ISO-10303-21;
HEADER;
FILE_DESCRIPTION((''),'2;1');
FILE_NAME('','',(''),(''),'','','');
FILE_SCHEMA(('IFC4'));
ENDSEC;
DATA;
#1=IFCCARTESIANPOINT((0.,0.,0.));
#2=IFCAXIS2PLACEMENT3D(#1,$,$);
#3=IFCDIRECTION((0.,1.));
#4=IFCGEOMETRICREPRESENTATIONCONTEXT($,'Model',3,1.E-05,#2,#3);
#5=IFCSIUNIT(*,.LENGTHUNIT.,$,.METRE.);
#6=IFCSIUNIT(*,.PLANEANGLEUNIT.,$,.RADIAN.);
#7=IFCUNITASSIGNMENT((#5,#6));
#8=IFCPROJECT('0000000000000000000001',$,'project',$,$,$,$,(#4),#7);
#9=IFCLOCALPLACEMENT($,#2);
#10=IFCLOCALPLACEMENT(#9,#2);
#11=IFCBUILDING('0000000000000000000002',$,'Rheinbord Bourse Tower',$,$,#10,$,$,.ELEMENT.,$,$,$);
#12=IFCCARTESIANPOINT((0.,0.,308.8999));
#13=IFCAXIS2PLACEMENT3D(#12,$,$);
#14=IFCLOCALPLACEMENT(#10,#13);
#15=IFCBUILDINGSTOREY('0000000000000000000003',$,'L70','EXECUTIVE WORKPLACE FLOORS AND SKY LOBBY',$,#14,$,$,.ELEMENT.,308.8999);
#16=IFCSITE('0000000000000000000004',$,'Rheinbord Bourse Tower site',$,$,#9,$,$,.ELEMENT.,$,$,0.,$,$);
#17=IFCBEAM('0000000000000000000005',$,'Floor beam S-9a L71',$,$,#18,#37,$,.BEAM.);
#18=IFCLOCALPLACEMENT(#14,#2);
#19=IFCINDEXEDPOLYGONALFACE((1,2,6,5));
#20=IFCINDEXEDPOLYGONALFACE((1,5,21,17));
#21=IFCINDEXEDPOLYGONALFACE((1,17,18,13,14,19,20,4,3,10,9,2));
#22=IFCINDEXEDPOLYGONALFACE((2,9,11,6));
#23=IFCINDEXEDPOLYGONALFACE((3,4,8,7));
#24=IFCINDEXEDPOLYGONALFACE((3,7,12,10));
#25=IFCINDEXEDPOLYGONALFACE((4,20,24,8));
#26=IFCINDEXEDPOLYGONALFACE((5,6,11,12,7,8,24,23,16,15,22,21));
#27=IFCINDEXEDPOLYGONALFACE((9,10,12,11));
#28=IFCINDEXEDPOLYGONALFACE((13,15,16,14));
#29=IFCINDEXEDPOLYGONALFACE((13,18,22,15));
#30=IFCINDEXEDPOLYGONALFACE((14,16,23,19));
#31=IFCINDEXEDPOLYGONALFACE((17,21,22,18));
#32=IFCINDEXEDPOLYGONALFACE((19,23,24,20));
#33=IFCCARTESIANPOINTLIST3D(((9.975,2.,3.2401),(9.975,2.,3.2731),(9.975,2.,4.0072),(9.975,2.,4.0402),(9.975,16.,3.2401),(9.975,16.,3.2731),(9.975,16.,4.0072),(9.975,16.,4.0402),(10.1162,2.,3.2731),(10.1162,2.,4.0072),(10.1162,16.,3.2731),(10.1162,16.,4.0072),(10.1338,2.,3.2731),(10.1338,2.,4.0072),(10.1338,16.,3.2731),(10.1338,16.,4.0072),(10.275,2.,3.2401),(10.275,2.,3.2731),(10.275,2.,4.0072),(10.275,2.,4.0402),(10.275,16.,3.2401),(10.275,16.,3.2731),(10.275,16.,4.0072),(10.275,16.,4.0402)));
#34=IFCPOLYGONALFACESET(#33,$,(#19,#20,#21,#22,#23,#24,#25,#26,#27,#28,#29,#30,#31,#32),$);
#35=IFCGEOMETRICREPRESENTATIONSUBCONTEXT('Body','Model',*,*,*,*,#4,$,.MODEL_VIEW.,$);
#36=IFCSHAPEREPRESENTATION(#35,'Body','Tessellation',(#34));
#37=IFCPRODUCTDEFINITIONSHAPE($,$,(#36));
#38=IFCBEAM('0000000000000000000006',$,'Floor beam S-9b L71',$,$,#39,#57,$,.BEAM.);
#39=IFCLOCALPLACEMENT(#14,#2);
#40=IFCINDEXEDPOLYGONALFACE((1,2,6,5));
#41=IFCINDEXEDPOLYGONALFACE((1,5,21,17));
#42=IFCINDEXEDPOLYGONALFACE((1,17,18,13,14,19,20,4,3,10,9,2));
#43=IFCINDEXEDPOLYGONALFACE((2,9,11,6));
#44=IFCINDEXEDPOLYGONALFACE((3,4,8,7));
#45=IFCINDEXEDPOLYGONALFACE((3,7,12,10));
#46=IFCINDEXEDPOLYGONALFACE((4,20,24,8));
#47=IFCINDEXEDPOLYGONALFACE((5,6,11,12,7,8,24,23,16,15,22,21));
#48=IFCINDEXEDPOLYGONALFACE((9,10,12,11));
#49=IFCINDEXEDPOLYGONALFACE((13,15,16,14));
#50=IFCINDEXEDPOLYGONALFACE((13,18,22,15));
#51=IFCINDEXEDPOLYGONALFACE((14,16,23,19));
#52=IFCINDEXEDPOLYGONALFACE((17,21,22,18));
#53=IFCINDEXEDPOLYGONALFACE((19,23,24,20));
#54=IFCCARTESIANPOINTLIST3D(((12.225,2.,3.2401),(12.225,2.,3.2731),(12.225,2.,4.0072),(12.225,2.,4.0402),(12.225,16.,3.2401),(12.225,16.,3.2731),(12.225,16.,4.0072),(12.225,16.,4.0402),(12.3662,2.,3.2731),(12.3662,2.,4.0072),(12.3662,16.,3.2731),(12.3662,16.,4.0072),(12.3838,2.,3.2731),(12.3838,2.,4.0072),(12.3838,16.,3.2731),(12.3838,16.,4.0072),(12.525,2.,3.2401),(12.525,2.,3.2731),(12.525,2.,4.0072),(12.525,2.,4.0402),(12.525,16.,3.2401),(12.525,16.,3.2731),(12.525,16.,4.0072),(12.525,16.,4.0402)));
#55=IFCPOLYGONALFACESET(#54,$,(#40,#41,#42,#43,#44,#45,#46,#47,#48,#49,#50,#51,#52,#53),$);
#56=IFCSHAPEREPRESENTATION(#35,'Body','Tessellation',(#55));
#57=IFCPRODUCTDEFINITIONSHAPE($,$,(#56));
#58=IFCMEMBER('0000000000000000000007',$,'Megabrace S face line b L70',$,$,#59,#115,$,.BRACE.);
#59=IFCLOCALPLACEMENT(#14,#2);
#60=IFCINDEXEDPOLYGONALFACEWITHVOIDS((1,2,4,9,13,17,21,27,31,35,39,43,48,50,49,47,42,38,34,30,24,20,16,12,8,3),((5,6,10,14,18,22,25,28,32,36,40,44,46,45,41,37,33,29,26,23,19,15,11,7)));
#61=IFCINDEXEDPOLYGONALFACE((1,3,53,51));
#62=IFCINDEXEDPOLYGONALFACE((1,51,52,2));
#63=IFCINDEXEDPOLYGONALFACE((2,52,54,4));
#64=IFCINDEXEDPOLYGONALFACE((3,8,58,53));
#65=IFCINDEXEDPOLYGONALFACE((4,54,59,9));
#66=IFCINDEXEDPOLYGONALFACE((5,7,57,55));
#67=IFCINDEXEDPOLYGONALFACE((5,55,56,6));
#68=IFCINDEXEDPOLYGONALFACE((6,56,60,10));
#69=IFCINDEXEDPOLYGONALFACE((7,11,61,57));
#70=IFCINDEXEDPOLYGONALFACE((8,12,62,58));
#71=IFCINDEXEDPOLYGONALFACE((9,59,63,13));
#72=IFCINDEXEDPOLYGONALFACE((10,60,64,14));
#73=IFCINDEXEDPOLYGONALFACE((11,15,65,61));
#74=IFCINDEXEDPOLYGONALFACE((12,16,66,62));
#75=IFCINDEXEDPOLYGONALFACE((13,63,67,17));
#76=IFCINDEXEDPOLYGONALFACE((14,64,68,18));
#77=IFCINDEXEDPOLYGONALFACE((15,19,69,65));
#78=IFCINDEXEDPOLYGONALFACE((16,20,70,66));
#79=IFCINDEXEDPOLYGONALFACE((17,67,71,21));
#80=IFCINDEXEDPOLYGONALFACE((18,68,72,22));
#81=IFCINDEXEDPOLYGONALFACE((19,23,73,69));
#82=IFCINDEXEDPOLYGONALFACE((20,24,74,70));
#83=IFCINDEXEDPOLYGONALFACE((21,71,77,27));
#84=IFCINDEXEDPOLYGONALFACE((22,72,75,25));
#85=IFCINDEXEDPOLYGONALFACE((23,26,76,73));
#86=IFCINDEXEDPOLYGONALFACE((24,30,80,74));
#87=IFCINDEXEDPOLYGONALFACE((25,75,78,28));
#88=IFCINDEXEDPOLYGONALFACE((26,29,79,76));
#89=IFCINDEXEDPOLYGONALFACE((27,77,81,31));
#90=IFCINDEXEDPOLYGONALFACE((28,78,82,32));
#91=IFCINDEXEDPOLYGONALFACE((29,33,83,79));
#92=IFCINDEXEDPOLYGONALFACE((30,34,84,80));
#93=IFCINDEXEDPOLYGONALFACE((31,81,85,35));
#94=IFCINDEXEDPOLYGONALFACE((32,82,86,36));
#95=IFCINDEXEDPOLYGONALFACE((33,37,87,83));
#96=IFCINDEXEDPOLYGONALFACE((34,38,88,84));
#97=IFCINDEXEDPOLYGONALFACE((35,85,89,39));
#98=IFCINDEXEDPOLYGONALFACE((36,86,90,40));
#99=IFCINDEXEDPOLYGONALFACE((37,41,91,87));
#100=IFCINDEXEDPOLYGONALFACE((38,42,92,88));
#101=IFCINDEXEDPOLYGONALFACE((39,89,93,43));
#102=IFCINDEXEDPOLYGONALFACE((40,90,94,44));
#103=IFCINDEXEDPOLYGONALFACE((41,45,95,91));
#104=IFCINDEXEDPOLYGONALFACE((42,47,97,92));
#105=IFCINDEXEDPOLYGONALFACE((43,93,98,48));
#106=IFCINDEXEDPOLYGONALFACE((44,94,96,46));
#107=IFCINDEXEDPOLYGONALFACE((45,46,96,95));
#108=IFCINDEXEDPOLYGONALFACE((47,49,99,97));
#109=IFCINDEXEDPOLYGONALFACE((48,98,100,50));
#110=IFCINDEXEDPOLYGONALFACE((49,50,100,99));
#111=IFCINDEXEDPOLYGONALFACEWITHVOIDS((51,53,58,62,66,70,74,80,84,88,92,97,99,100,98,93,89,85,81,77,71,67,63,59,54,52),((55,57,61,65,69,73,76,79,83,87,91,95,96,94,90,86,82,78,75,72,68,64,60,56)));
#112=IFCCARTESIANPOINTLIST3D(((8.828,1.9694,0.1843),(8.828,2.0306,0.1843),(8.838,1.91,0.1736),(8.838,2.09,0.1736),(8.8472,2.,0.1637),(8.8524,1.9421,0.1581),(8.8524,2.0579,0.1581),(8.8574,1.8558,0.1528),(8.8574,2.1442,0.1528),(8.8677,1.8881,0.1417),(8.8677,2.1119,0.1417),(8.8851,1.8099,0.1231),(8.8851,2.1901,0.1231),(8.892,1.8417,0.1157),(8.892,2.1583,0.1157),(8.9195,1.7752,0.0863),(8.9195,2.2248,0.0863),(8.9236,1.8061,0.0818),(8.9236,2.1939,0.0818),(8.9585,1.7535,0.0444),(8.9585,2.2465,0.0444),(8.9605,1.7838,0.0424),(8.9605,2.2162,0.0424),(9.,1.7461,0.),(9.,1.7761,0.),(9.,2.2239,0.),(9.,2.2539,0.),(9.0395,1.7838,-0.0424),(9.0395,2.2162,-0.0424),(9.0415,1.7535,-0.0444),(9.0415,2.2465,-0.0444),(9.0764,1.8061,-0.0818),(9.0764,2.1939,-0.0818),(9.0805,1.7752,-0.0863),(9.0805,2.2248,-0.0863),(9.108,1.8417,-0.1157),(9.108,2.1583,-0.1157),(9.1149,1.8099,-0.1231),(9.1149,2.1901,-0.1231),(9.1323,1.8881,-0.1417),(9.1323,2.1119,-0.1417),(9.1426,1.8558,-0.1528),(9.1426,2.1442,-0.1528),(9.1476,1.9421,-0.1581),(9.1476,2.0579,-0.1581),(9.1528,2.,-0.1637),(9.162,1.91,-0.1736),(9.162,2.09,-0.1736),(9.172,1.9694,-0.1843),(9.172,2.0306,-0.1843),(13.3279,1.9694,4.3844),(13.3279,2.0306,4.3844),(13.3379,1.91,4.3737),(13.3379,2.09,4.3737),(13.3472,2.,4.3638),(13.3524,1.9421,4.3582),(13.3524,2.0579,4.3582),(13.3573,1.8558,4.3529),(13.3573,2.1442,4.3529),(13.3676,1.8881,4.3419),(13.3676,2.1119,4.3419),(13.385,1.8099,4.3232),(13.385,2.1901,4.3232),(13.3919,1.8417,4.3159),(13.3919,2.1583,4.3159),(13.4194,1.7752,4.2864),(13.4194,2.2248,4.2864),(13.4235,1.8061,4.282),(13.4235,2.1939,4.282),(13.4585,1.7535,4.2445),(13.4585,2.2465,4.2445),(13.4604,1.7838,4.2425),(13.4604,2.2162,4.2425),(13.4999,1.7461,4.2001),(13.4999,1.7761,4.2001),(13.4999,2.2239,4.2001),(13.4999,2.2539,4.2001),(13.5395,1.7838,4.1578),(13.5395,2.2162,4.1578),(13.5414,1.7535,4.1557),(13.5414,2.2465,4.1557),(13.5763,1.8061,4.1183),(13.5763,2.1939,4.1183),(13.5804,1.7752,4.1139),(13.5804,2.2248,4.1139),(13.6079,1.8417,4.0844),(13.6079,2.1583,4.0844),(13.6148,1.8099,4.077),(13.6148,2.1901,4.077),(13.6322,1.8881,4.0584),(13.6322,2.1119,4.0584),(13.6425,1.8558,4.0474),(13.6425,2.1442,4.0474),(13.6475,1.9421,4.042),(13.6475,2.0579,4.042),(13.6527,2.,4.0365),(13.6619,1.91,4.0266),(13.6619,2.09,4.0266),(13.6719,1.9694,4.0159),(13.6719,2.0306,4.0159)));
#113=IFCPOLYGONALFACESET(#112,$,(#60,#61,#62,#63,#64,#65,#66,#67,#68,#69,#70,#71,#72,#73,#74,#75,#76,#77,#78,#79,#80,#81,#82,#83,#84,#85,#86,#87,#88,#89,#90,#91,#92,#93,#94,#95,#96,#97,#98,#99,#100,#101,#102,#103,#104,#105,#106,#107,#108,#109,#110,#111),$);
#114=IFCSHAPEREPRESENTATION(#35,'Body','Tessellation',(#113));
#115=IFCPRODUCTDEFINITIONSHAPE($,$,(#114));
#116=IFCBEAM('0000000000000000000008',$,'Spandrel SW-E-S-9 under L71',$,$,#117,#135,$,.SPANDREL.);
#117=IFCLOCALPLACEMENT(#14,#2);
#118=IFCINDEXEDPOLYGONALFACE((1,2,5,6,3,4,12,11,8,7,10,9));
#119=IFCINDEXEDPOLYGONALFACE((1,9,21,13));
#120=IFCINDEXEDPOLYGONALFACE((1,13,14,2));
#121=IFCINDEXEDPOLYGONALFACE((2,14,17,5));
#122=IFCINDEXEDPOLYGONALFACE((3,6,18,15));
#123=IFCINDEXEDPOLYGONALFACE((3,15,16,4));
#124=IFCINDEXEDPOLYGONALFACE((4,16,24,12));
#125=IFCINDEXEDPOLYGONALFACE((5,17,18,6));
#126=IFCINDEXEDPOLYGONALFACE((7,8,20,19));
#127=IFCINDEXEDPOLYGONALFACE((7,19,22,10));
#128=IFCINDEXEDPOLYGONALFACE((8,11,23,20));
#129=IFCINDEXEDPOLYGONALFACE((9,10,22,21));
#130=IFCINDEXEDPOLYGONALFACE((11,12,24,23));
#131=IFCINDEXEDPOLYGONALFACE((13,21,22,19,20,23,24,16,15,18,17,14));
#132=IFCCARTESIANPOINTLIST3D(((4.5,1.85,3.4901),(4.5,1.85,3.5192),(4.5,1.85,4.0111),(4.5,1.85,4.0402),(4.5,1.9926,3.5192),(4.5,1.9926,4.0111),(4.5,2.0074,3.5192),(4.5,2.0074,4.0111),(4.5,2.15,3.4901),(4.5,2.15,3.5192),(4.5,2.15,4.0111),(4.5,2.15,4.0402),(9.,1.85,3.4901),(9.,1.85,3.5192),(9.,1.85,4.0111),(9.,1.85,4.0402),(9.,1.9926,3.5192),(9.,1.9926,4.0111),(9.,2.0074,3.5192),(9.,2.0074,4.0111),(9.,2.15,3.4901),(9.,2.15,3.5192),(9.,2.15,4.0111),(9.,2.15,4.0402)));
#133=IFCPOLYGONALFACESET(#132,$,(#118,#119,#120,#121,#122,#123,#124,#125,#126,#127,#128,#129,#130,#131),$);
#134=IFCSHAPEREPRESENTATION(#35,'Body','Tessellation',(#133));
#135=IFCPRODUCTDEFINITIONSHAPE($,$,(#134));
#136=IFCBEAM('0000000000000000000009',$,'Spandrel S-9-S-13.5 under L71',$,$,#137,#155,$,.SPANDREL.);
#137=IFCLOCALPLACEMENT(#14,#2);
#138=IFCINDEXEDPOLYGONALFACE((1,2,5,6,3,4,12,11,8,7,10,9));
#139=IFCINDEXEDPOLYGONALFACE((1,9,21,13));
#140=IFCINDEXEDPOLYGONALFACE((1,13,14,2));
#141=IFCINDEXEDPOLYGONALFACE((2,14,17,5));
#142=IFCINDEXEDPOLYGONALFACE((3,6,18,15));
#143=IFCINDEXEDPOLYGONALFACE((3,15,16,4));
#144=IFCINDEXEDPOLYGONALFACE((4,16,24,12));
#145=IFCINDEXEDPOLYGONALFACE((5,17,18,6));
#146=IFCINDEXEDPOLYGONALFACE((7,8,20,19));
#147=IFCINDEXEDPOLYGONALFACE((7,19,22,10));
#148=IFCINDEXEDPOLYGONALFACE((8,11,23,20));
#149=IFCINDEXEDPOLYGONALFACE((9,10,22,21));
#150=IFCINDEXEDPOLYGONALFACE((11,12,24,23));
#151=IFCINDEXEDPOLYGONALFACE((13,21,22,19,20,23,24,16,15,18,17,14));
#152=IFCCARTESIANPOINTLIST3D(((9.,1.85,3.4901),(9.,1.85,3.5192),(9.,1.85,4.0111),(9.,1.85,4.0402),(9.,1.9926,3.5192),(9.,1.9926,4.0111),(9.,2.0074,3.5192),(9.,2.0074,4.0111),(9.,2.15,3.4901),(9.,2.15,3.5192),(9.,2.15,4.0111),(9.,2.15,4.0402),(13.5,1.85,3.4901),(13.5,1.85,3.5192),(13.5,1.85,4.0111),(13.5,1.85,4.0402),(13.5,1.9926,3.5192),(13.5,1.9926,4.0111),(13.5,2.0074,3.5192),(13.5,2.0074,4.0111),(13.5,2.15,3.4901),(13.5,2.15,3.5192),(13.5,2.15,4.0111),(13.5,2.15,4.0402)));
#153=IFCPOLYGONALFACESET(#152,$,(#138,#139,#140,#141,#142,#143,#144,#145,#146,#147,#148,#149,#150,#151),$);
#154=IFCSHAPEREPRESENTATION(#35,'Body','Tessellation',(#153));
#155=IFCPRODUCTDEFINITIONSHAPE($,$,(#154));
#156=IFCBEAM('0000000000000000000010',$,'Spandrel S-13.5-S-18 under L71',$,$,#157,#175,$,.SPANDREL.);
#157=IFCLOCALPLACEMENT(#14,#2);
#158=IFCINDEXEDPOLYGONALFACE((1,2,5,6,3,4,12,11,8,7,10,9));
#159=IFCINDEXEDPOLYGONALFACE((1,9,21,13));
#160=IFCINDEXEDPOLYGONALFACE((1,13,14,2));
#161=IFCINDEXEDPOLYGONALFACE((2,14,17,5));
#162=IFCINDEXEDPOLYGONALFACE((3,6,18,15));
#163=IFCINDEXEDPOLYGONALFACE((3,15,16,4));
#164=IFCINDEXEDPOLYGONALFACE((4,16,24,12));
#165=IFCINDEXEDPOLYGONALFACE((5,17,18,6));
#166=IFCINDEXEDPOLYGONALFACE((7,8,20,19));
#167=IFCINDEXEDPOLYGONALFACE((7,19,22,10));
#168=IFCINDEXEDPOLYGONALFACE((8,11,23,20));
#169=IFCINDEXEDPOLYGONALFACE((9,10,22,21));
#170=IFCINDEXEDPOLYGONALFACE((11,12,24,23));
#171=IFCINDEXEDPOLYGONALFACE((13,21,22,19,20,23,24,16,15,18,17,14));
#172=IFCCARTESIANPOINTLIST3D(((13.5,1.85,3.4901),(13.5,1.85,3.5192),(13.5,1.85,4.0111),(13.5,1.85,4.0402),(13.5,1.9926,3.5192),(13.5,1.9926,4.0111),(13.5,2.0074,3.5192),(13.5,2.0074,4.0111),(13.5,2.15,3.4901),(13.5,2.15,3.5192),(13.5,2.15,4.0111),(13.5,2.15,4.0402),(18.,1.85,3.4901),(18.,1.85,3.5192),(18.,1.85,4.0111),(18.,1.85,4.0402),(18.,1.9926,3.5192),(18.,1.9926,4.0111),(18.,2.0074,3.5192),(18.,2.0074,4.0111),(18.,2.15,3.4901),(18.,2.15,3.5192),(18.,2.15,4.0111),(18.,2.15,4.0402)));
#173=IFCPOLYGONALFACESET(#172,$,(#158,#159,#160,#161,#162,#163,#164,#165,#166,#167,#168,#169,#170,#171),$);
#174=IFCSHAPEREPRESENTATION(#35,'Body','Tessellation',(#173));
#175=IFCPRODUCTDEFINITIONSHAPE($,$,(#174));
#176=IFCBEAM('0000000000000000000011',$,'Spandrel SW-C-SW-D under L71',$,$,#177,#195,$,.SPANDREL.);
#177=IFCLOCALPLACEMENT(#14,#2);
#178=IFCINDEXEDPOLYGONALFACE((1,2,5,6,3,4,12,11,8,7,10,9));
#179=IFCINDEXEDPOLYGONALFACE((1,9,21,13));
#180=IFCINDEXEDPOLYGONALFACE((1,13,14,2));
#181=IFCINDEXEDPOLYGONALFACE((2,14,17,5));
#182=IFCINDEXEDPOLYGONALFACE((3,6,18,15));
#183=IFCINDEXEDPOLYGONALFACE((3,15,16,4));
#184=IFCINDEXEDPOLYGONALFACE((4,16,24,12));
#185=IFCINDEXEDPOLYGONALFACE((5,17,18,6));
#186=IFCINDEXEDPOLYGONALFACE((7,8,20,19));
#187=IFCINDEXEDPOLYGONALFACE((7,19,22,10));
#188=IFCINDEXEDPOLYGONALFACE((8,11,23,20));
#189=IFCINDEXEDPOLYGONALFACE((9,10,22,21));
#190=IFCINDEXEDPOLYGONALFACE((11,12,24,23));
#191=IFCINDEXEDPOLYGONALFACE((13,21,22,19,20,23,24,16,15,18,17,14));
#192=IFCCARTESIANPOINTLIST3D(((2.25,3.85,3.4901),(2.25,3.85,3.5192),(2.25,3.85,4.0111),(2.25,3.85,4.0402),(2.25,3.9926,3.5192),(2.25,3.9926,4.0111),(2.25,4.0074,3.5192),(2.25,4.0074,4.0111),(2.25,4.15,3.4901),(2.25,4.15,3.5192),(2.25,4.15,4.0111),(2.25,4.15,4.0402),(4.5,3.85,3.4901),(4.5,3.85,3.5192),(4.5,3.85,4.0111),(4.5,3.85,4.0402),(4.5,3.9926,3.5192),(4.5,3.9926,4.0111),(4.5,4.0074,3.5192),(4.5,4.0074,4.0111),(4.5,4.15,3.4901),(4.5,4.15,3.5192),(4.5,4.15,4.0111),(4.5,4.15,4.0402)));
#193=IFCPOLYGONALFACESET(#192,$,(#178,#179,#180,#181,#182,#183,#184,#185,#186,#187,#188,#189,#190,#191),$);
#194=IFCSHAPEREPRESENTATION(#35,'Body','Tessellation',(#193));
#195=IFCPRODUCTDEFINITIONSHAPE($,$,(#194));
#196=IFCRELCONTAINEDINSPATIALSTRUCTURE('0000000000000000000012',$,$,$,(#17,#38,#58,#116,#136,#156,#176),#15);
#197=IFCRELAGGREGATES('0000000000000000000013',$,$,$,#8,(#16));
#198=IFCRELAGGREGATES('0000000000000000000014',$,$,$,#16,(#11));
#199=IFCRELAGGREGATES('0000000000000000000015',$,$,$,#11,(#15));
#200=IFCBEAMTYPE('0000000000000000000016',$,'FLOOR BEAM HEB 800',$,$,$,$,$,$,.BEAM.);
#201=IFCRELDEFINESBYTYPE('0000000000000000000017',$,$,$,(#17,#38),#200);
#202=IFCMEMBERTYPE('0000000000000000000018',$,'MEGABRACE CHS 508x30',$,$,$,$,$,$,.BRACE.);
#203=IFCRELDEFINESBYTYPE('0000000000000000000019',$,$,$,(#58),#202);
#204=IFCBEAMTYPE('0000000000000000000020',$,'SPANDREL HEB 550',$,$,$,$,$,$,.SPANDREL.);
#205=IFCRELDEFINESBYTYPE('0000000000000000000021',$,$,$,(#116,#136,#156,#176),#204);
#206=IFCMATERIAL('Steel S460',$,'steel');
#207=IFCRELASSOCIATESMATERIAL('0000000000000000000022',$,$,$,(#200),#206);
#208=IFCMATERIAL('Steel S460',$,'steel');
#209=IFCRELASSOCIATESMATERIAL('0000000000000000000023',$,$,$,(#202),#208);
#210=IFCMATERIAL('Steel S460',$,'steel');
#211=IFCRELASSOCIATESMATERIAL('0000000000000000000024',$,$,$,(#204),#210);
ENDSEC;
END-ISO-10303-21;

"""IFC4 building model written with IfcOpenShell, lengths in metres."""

from ifc_helpers import new_model, si_unit, direction, frame, origin, origin_2d, place, context, subcontext, project, spatial, hollow_circle, i_section, extrude, material, material_profile, profile_set, type_object, element, save


model = new_model("IFC4")

# Units and contexts
model_context = context("Model", 3, precision=1e-05, world=origin(), true_north=direction((0.0, 1.0)))
body_context = subcontext(model_context, "Body", "Model", "MODEL_VIEW")
ifc_project = project(units=[si_unit("LENGTHUNIT", "METRE"), si_unit("PLANEANGLEUNIT", "RADIAN")], contexts=[model_context])

# Site, building, storey
site_placement = place(None, origin())
site = spatial("IfcSite", under=ifc_project, at=site_placement, Name="Rheinbord Bourse Tower site", CompositionType="ELEMENT", RefElevation=0.0)
building_placement = place(site_placement, origin())
building = spatial("IfcBuilding", under=site, at=building_placement, Name="Rheinbord Bourse Tower", CompositionType="ELEMENT")
storey_placement = place(building_placement, frame((0.0, 0.0, 308.8999)))
storey = spatial("IfcBuildingStorey", under=building, at=storey_placement, Name="L70", Description="EXECUTIVE WORKPLACE FLOORS AND SKY LOBBY", CompositionType="ELEMENT", Elevation=308.8999)

# Beams
ifc_material_1 = material(Name="Steel S460", Category="steel")
ifc_material_profile_1 = material_profile(ifc_material_1, i_section(OverallWidth=0.3, OverallDepth=0.8, WebThickness=0.0176, FlangeThickness=0.033, at=origin_2d()), Name="HEB 800")
ifc_profile_set_1 = profile_set([ifc_material_profile_1], Name="Steel S460")
beam_type_1 = type_object("IfcBeamType", Name="FLOOR BEAM HEB 800", PredefinedType="BEAM", material=ifc_profile_set_1)
for number, where, z_axis, x_axis, name in (
    (1, (10.125, 2.0, 3.6401), (0.0, 1.0, 0.0), (-1.0, 0.0, 0.0), "Floor beam S-9a L71"),
    (2, (12.375, 2.0, 3.6401), (0.0, 1.0, 0.0), (-1.0, 0.0, 0.0), "Floor beam S-9b L71"),
):
    element("IfcBeam", number, at=place(storey_placement, frame(where, z_axis=z_axis, x_axis=x_axis)), inside=storey, type_object=beam_type_1, Name=name, PredefinedType="BEAM", context=body_context, shape_type="SweptSolid", body=[
        extrude(i_section(OverallWidth=0.3, OverallDepth=0.8, WebThickness=0.0176, FlangeThickness=0.033, at=origin_2d()), origin(), (0.0, 0.0, 1.0), 14.0),
    ])

# Member
ifc_material_2 = material(Name="Steel S460", Category="steel")
ifc_material_profile_2 = material_profile(ifc_material_2, hollow_circle(Radius=0.2539, WallThickness=0.03, at=origin_2d()), Name="CHS 508x30")
ifc_profile_set_2 = profile_set([ifc_material_profile_2], Name="Steel S460")
member_type_1 = type_object("IfcMemberType", Name="MEGABRACE CHS 508x30", PredefinedType="BRACE", material=ifc_profile_set_2)
member_1_placement = place(storey_placement, frame((9.0, 2.0, 0.0), z_axis=(0.731039, 0.0, 0.682335), x_axis=(0.0, 1.0, 0.0)))
element("IfcMember", 3, at=member_1_placement, inside=storey, type_object=member_type_1, Name="Megabrace S face line b L70", PredefinedType="BRACE", context=body_context, shape_type="SweptSolid", body=[
    extrude(hollow_circle(Radius=0.2539, WallThickness=0.03, at=origin_2d()), origin(), (0.0, 0.0, 1.0), 6.1555),
])

# Beams
ifc_material_3 = material(Name="Steel S460", Category="steel")
ifc_material_profile_3 = material_profile(ifc_material_3, i_section(OverallWidth=0.3, OverallDepth=0.55, WebThickness=0.0149, FlangeThickness=0.0291, at=origin_2d()), Name="HEB 550")
ifc_profile_set_3 = profile_set([ifc_material_profile_3], Name="Steel S460")
beam_type_2 = type_object("IfcBeamType", Name="SPANDREL HEB 550", PredefinedType="SPANDREL", material=ifc_profile_set_3)
for number, where, z_axis, x_axis, name in (
    (4, (4.5, 2.0, 3.7651), (1.0, 0.0, 0.0), (0.0, 1.0, 0.0), "Spandrel SW-E-S-9 under L71"),
    (5, (9.0, 2.0, 3.7651), (1.0, 0.0, 0.0), (0.0, 1.0, 0.0), "Spandrel S-9-S-13.5 under L71"),
    (6, (13.5, 2.0, 3.7651), (1.0, 0.0, 0.0), (0.0, 1.0, 0.0), "Spandrel S-13.5-S-18 under L71"),
):
    element("IfcBeam", number, at=place(storey_placement, frame(where, z_axis=z_axis, x_axis=x_axis)), inside=storey, type_object=beam_type_2, Name=name, PredefinedType="SPANDREL", context=body_context, shape_type="SweptSolid", body=[
        extrude(i_section(OverallWidth=0.3, OverallDepth=0.55, WebThickness=0.0149, FlangeThickness=0.0291, at=origin_2d()), origin(), (0.0, 0.0, 1.0), 4.5),
    ])
beam_1_placement = place(storey_placement, frame((2.25, 4.0, 3.7651), z_axis=(1.0, 0.0, 0.0), x_axis=(0.0, 1.0, 0.0)))
element("IfcBeam", 7, at=beam_1_placement, inside=storey, type_object=beam_type_2, Name="Spandrel SW-C-SW-D under L71", PredefinedType="SPANDREL", context=body_context, shape_type="SweptSolid", body=[
    extrude(i_section(OverallWidth=0.3, OverallDepth=0.55, WebThickness=0.0149, FlangeThickness=0.0291, at=origin_2d()), origin(), (0.0, 0.0, 1.0), 2.25),
])

save(model, "model.ifc")
